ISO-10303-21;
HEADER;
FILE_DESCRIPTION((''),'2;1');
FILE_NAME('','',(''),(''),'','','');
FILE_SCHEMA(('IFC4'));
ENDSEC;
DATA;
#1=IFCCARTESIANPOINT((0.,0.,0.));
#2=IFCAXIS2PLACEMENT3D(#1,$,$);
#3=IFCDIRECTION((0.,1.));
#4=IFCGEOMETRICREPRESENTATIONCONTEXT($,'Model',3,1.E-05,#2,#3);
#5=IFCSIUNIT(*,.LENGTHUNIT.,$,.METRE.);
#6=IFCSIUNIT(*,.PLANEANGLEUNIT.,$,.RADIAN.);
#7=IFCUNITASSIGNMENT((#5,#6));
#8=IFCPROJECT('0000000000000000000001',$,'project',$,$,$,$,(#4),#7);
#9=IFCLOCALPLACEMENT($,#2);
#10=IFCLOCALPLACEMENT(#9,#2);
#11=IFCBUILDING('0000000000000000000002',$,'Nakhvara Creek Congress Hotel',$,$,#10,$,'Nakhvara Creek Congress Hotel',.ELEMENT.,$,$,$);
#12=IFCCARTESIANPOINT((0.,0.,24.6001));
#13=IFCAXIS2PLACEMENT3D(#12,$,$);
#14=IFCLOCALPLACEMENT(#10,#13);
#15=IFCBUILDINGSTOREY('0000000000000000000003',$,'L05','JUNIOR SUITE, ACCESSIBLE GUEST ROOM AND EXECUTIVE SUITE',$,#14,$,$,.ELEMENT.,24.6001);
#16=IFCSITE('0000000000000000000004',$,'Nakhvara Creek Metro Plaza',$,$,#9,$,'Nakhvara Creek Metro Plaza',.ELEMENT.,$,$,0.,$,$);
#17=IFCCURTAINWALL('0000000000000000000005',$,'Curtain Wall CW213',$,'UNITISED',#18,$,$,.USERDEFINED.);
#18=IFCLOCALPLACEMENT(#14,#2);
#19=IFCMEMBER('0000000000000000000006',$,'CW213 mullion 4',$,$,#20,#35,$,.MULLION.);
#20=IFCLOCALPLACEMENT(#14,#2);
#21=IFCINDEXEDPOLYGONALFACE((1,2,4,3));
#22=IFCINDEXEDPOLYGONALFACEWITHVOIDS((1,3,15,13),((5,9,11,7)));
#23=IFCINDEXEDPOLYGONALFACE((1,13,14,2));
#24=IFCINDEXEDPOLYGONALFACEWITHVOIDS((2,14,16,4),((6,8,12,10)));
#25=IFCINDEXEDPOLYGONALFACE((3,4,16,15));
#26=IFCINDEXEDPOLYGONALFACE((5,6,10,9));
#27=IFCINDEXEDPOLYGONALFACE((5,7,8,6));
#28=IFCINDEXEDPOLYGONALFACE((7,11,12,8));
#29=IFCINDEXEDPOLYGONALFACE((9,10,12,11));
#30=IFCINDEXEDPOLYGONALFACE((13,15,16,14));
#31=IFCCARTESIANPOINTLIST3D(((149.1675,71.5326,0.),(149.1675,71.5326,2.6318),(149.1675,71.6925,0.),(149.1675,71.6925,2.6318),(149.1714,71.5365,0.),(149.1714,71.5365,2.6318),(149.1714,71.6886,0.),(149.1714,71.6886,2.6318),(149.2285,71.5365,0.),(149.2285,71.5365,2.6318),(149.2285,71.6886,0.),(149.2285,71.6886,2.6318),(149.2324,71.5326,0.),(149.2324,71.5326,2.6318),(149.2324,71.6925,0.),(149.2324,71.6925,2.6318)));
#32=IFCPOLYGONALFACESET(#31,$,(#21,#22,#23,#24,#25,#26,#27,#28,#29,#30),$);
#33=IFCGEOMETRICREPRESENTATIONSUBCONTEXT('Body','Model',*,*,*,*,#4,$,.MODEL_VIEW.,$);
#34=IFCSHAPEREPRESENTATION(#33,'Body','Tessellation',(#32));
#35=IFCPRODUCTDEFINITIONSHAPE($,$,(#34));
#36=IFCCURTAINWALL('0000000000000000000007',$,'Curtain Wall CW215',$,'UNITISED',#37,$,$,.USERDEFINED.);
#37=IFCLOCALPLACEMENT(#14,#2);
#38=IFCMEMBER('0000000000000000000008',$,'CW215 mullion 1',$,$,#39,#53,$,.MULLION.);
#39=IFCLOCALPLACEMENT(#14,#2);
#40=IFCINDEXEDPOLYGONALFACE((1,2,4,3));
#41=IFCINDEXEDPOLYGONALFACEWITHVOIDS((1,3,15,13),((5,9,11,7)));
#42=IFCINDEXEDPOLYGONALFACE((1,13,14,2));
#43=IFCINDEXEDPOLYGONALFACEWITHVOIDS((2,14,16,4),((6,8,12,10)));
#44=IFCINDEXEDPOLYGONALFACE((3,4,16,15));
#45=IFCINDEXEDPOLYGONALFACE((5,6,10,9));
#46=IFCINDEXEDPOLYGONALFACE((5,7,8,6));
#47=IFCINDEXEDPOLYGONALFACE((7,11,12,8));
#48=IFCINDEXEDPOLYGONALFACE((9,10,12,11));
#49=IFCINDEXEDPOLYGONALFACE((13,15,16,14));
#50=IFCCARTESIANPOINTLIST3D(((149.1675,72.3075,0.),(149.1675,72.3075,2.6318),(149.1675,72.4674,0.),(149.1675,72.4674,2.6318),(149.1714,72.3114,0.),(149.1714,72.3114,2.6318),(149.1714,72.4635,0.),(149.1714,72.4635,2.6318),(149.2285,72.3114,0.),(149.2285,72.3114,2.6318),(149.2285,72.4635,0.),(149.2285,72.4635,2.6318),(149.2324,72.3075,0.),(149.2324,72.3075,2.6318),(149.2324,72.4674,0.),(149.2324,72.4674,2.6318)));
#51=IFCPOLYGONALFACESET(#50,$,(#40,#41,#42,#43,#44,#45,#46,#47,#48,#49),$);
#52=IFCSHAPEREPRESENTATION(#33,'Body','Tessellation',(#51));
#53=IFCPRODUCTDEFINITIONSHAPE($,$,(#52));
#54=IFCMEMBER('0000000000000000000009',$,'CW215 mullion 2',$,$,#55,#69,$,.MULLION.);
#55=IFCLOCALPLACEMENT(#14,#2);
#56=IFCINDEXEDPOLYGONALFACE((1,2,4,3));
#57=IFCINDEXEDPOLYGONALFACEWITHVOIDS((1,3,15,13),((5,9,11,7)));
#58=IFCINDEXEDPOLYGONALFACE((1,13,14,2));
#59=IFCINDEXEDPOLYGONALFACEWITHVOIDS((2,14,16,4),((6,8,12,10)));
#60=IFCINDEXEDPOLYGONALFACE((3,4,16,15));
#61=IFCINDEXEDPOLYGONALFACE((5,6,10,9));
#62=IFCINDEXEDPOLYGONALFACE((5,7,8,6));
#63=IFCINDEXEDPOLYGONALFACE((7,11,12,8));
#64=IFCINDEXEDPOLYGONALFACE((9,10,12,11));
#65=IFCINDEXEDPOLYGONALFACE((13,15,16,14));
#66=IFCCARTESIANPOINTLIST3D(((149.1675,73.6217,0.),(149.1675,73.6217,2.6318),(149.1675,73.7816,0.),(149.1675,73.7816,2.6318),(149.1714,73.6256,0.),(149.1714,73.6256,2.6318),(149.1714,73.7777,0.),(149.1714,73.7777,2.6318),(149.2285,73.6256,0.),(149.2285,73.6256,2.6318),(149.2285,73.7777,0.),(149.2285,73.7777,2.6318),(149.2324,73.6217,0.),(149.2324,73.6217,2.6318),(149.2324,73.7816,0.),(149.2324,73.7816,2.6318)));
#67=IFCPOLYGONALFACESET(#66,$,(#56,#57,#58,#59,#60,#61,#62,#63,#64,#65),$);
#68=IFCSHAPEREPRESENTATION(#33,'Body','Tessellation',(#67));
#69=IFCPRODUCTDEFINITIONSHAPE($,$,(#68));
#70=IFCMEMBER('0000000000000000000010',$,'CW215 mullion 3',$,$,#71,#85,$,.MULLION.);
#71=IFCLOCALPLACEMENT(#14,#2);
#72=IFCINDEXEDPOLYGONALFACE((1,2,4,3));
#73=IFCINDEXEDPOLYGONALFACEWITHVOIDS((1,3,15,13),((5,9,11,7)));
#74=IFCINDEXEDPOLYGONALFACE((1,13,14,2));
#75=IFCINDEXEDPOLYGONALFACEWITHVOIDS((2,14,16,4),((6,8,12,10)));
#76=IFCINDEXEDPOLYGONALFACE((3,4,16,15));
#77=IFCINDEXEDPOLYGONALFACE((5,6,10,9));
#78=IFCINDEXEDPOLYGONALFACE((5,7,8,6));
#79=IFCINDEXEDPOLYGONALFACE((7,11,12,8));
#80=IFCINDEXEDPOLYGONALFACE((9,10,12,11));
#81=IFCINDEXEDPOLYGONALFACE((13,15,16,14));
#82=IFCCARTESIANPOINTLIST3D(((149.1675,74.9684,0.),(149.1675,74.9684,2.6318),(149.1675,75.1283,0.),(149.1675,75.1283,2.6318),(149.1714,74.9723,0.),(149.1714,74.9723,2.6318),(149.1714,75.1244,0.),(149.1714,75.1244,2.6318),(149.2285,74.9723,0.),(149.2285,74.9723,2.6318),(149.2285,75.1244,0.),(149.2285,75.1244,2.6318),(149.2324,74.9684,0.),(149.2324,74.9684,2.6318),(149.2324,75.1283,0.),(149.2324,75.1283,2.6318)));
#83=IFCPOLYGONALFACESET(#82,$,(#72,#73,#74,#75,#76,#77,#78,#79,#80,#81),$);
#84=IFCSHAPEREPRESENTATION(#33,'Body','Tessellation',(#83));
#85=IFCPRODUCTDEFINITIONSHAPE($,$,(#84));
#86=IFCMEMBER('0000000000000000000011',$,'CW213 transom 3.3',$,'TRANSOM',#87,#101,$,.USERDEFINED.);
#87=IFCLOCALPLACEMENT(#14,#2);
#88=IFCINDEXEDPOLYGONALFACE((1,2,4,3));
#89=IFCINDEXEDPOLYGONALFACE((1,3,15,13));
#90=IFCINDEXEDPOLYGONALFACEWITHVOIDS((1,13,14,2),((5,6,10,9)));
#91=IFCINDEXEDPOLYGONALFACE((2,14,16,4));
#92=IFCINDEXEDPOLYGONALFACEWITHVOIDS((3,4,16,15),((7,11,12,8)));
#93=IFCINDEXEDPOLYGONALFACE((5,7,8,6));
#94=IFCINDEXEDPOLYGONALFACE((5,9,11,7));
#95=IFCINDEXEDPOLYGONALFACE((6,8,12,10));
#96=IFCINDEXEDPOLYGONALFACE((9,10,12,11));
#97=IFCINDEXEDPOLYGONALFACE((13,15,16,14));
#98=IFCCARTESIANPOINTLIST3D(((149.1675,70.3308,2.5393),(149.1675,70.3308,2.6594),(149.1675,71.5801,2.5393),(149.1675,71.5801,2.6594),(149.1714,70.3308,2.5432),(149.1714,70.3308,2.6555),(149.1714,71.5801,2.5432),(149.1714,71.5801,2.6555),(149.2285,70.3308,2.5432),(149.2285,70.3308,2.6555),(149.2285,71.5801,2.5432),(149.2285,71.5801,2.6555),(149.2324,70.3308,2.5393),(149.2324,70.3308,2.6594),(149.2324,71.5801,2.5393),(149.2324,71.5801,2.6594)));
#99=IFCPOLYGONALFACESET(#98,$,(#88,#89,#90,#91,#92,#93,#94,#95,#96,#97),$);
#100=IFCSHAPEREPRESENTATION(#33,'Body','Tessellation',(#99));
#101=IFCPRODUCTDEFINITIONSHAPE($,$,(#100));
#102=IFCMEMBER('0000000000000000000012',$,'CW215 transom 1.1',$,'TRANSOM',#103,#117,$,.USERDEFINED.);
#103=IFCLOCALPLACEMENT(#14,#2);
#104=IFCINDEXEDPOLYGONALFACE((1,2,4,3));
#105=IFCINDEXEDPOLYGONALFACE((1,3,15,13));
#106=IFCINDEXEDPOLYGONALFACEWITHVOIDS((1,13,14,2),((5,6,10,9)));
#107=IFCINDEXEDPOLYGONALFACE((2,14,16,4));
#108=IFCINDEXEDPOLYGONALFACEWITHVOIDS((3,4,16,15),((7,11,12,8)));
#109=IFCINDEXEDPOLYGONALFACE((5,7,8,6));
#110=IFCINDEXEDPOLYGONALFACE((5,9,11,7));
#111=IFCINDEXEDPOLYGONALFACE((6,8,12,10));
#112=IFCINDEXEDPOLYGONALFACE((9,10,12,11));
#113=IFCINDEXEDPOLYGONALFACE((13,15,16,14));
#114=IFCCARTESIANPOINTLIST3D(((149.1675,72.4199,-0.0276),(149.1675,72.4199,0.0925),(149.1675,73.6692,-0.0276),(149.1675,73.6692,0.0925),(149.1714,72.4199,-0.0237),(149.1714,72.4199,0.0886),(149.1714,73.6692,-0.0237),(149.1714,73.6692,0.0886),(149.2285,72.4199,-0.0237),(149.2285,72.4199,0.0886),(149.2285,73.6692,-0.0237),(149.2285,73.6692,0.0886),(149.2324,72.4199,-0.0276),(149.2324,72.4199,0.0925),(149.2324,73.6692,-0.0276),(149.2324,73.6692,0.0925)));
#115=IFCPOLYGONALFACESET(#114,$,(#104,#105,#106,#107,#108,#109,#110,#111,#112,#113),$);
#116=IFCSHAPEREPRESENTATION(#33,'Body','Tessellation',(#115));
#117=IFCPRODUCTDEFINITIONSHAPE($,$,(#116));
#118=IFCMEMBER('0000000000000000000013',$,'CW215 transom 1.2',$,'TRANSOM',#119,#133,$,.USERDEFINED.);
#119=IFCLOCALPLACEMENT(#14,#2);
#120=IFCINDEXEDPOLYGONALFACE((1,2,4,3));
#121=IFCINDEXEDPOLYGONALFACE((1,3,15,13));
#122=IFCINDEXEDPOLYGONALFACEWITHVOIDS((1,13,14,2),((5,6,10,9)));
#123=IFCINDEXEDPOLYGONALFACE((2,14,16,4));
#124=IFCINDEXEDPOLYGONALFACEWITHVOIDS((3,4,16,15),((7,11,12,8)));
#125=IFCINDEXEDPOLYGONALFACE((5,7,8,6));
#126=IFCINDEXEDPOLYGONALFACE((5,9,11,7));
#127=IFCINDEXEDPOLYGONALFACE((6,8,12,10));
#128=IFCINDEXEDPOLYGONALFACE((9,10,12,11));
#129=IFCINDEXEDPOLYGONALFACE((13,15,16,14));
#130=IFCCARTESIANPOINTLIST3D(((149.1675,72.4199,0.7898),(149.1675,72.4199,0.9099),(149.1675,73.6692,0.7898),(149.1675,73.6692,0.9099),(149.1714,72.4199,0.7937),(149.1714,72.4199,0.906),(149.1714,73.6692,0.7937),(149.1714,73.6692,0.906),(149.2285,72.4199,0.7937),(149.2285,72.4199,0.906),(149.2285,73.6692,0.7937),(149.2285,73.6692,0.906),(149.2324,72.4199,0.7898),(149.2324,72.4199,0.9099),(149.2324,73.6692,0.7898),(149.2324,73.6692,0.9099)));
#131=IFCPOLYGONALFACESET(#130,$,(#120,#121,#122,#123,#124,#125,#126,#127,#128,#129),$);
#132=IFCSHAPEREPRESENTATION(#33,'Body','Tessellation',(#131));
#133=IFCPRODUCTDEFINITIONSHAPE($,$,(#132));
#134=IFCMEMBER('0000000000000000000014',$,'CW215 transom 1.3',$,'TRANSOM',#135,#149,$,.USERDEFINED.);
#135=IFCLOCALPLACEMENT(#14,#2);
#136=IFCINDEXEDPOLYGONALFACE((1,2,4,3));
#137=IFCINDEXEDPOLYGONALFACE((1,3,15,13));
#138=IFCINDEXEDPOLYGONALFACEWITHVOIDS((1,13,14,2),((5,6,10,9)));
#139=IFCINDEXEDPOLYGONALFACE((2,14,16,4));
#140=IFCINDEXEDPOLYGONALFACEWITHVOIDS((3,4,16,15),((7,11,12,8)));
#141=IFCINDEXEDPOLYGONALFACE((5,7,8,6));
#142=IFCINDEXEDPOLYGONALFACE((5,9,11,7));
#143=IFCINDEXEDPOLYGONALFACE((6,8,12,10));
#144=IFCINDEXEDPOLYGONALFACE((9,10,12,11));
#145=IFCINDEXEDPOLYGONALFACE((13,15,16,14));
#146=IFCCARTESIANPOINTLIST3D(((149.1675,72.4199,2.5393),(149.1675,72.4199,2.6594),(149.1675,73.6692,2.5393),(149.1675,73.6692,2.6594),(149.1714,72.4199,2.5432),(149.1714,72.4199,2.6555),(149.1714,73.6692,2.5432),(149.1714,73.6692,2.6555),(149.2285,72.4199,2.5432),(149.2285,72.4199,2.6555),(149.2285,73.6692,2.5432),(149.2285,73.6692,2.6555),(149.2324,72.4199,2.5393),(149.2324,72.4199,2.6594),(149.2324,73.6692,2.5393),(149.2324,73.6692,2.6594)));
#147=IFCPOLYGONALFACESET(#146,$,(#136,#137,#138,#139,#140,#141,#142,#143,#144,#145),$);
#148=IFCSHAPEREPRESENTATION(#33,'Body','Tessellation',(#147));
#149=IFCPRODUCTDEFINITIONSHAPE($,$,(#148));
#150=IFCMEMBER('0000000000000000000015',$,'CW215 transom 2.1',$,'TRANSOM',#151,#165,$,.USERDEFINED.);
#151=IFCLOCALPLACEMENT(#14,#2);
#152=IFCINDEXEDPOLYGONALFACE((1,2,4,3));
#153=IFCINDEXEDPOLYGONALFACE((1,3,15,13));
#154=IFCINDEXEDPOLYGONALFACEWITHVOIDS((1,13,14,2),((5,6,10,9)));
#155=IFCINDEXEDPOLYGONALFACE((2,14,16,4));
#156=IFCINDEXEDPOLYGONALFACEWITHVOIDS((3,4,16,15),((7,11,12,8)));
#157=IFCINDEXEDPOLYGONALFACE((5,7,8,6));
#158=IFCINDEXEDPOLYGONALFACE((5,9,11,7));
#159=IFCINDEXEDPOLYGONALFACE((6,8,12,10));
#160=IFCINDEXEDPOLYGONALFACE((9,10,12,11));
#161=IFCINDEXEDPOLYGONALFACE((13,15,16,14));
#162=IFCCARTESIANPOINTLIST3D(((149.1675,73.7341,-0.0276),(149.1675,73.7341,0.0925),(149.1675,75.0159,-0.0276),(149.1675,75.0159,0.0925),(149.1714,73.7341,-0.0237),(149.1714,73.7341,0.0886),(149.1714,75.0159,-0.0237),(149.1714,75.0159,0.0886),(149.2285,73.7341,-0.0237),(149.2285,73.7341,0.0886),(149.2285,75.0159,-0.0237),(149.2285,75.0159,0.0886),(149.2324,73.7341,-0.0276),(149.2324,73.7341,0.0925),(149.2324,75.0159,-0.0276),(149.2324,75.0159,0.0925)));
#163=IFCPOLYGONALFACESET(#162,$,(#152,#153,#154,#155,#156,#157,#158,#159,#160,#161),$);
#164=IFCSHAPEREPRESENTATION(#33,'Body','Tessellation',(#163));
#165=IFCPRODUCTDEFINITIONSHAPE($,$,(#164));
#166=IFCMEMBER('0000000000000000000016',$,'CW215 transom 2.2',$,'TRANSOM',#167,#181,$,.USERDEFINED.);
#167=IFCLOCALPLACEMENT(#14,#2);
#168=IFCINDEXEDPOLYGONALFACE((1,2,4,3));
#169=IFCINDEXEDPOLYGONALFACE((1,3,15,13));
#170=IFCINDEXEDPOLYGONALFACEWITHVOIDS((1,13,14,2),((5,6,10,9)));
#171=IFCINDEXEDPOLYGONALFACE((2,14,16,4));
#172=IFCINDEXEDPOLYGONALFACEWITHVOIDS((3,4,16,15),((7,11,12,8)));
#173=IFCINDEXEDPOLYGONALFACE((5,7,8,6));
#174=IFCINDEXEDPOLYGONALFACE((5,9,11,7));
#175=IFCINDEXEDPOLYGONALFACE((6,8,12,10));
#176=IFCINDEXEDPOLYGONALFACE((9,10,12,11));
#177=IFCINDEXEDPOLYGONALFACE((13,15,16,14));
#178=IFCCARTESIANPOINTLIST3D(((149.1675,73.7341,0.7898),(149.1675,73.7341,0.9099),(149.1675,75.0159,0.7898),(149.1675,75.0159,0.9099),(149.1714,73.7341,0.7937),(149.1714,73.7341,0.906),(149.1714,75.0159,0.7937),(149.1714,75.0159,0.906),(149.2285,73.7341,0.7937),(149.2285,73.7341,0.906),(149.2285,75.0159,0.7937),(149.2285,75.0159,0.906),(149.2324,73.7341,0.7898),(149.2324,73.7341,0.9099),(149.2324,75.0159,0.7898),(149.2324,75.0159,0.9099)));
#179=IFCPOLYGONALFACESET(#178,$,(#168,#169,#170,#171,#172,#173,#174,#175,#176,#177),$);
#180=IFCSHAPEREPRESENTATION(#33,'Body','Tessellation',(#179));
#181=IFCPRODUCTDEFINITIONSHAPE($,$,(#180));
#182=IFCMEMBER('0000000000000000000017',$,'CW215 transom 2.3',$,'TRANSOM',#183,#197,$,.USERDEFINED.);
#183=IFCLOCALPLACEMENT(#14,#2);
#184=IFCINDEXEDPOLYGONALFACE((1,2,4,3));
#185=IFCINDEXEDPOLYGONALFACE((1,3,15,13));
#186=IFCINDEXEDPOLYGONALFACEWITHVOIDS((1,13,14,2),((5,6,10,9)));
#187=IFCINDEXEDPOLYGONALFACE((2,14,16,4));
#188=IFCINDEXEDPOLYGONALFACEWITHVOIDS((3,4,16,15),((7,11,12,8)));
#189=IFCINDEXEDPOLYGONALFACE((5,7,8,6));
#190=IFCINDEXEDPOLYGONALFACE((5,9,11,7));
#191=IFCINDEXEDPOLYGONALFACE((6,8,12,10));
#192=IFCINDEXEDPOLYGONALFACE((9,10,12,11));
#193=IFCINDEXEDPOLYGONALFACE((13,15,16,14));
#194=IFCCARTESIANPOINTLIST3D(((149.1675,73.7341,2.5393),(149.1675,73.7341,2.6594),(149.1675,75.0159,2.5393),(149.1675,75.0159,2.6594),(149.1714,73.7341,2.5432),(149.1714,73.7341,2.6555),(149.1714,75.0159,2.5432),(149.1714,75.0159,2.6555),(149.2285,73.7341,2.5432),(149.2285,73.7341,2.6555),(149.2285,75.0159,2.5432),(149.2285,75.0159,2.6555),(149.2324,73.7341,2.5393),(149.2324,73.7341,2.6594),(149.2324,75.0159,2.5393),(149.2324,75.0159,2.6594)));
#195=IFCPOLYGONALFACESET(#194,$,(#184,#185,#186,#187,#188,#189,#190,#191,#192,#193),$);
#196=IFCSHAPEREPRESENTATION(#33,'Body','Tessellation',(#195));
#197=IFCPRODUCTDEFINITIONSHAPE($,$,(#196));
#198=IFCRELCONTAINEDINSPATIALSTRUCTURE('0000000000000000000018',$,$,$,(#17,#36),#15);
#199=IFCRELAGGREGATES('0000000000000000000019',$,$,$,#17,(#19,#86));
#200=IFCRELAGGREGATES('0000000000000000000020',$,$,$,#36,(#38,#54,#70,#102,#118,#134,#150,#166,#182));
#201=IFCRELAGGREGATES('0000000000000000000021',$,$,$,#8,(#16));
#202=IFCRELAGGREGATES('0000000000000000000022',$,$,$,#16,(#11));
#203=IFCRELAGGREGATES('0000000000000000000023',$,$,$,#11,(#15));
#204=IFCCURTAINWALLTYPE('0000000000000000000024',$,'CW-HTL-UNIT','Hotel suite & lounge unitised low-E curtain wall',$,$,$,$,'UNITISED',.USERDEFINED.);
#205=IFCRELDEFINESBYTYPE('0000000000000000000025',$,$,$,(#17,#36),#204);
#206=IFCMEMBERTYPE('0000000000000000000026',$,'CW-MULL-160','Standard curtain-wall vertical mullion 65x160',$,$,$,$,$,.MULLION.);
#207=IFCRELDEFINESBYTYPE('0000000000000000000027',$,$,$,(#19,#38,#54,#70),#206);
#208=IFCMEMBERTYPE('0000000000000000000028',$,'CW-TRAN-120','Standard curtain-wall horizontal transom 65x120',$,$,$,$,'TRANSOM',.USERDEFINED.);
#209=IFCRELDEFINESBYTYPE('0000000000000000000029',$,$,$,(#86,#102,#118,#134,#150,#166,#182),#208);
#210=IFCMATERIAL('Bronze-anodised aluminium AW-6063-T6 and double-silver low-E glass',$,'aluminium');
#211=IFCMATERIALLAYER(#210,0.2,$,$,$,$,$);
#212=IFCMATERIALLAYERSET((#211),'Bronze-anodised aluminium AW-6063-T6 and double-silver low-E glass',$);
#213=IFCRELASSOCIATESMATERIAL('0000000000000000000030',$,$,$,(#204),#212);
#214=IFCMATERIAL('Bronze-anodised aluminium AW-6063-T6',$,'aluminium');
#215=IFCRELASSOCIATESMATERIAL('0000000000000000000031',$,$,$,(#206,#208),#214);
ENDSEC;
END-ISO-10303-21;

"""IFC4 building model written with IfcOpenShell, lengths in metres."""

from ifc_helpers import new_model, si_unit, direction, frame, origin, origin_2d, place, context, subcontext, project, spatial, hollow_rectangle, extrude, material, layer, layer_set, material_profile, profile_set, type_object, element, aggregate, save


model = new_model("IFC4")

# Units and contexts
model_context = context("Model", 3, precision=1e-05, world=origin(), true_north=direction((0.0, 1.0)))
body_context = subcontext(model_context, "Body", "Model", "MODEL_VIEW")
ifc_project = project(units=[si_unit("LENGTHUNIT", "METRE"), si_unit("PLANEANGLEUNIT", "RADIAN")], contexts=[model_context])

# Site, building, storey
site_placement = place(None, origin())
site = spatial("IfcSite", under=ifc_project, at=site_placement, Name="Nakhvara Creek Metro Plaza", LongName="Nakhvara Creek Metro Plaza", CompositionType="ELEMENT", RefElevation=0.0)
building_placement = place(site_placement, origin())
building = spatial("IfcBuilding", under=site, at=building_placement, Name="Nakhvara Creek Congress Hotel", LongName="Nakhvara Creek Congress Hotel", CompositionType="ELEMENT")
storey_placement = place(building_placement, frame((0.0, 0.0, 24.6001)))
storey = spatial("IfcBuildingStorey", under=building, at=storey_placement, Name="L05", Description="JUNIOR SUITE, ACCESSIBLE GUEST ROOM AND EXECUTIVE SUITE", CompositionType="ELEMENT", Elevation=24.6001)

# Curtain wall, member
ifc_material_1 = material(Name="Bronze-anodised aluminium AW-6063-T6 and double-silver low-E glass", Category="aluminium")
ifc_layer = layer(ifc_material_1, 0.2)
ifc_layer_set = layer_set([ifc_layer], Name="Bronze-anodised aluminium AW-6063-T6 and double-silver low-E glass")
curtain_wall_type = type_object("IfcCurtainWallType", Name="CW-HTL-UNIT", Description="Hotel suite & lounge unitised low-E curtain wall", ElementType="UNITISED", PredefinedType="USERDEFINED", material=ifc_layer_set)
curtain_wall_1_placement = place(storey_placement, origin())
curtain_wall_1 = element("IfcCurtainWall", 1, at=curtain_wall_1_placement, inside=storey, type_object=curtain_wall_type, Name="Curtain Wall CW213", ObjectType="UNITISED", PredefinedType="USERDEFINED")
ifc_material_2 = material(Name="Bronze-anodised aluminium AW-6063-T6", Category="aluminium")
ifc_material_profile_1 = material_profile(ifc_material_2, hollow_rectangle(XDim=0.0649, YDim=0.1599, WallThickness=0.0039, at=origin_2d()), Name="ALU-MULL 65x160x4", Category="LoadBearing")
ifc_profile_set_1 = profile_set([ifc_material_profile_1], Name="Bronze-anodised aluminium AW-6063-T6")
member_type_1 = type_object("IfcMemberType", Name="CW-MULL-160", Description="Standard curtain-wall vertical mullion 65x160", PredefinedType="MULLION", material=ifc_profile_set_1)
member_1_placement = place(storey_placement, frame((149.2, 71.6125, 0.0), z_axis=(0.0, 0.0, 1.0), x_axis=(-1.0, 0.0, 0.0)))
member_1 = element("IfcMember", 2, at=member_1_placement, type_object=member_type_1, Name="CW213 mullion 4", PredefinedType="MULLION", context=body_context, shape_type="SweptSolid", body=[
    extrude(hollow_rectangle(XDim=0.0649, YDim=0.1599, WallThickness=0.0039, at=origin_2d()), origin(), (0.0, 0.0, 1.0), 2.6318),
])

# Curtain wall, members
curtain_wall_2_placement = place(storey_placement, origin())
curtain_wall_2 = element("IfcCurtainWall", 3, at=curtain_wall_2_placement, inside=storey, type_object=curtain_wall_type, Name="Curtain Wall CW215", ObjectType="UNITISED", PredefinedType="USERDEFINED")
member_2_placement = place(storey_placement, frame((149.2, 72.3875, 0.0), z_axis=(0.0, 0.0, 1.0), x_axis=(-1.0, 0.0, 0.0)))
member_2 = element("IfcMember", 4, at=member_2_placement, type_object=member_type_1, Name="CW215 mullion 1", PredefinedType="MULLION", context=body_context, shape_type="SweptSolid", body=[
    extrude(hollow_rectangle(XDim=0.0649, YDim=0.1599, WallThickness=0.0039, at=origin_2d()), origin(), (0.0, 0.0, 1.0), 2.6318),
])
member_3_placement = place(storey_placement, frame((149.2, 73.7017, 0.0), z_axis=(0.0, 0.0, 1.0), x_axis=(-1.0, 0.0, 0.0)))
member_3 = element("IfcMember", 5, at=member_3_placement, type_object=member_type_1, Name="CW215 mullion 2", PredefinedType="MULLION", context=body_context, shape_type="SweptSolid", body=[
    extrude(hollow_rectangle(XDim=0.0649, YDim=0.1599, WallThickness=0.0039, at=origin_2d()), origin(), (0.0, 0.0, 1.0), 2.6318),
])
member_4_placement = place(storey_placement, frame((149.2, 75.0483, 0.0), z_axis=(0.0, 0.0, 1.0), x_axis=(-1.0, 0.0, 0.0)))
member_4 = element("IfcMember", 6, at=member_4_placement, type_object=member_type_1, Name="CW215 mullion 3", PredefinedType="MULLION", context=body_context, shape_type="SweptSolid", body=[
    extrude(hollow_rectangle(XDim=0.0649, YDim=0.1599, WallThickness=0.0039, at=origin_2d()), origin(), (0.0, 0.0, 1.0), 2.6318),
])

# Members
ifc_material_profile_2 = material_profile(ifc_material_2, hollow_rectangle(XDim=0.0649, YDim=0.1201, WallThickness=0.0039, at=origin_2d()), Name="ALU-TRAN 65x120x4", Category="LoadBearing")
ifc_profile_set_2 = profile_set([ifc_material_profile_2], Name="Bronze-anodised aluminium AW-6063-T6")
member_type_2 = type_object("IfcMemberType", Name="CW-TRAN-120", Description="Standard curtain-wall horizontal transom 65x120", ElementType="TRANSOM", PredefinedType="USERDEFINED", material=ifc_profile_set_2)
member_5_placement = place(storey_placement, frame((149.2, 70.3308, 2.5994), z_axis=(0.0, 1.0, 0.0), x_axis=(-1.0, 0.0, 0.0)))
member_5 = element("IfcMember", 7, at=member_5_placement, type_object=member_type_2, Name="CW213 transom 3.3", ObjectType="TRANSOM", PredefinedType="USERDEFINED", context=body_context, shape_type="SweptSolid", body=[
    extrude(hollow_rectangle(XDim=0.0649, YDim=0.1201, WallThickness=0.0039, at=origin_2d()), origin(), (0.0, 0.0, 1.0), 1.2493),
])
member_6_placement = place(storey_placement, frame((149.2, 72.4199, 0.0325), z_axis=(0.0, 1.0, 0.0), x_axis=(-1.0, 0.0, 0.0)))
member_6 = element("IfcMember", 8, at=member_6_placement, type_object=member_type_2, Name="CW215 transom 1.1", ObjectType="TRANSOM", PredefinedType="USERDEFINED", context=body_context, shape_type="SweptSolid", body=[
    extrude(hollow_rectangle(XDim=0.0649, YDim=0.1201, WallThickness=0.0039, at=origin_2d()), origin(), (0.0, 0.0, 1.0), 1.2493),
])
member_7_placement = place(storey_placement, frame((149.2, 72.4199, 0.8499), z_axis=(0.0, 1.0, 0.0), x_axis=(-1.0, 0.0, 0.0)))
member_7 = element("IfcMember", 9, at=member_7_placement, type_object=member_type_2, Name="CW215 transom 1.2", ObjectType="TRANSOM", PredefinedType="USERDEFINED", context=body_context, shape_type="SweptSolid", body=[
    extrude(hollow_rectangle(XDim=0.0649, YDim=0.1201, WallThickness=0.0039, at=origin_2d()), origin(), (0.0, 0.0, 1.0), 1.2493),
])
member_8_placement = place(storey_placement, frame((149.2, 72.4199, 2.5994), z_axis=(0.0, 1.0, 0.0), x_axis=(-1.0, 0.0, 0.0)))
member_8 = element("IfcMember", 10, at=member_8_placement, type_object=member_type_2, Name="CW215 transom 1.3", ObjectType="TRANSOM", PredefinedType="USERDEFINED", context=body_context, shape_type="SweptSolid", body=[
    extrude(hollow_rectangle(XDim=0.0649, YDim=0.1201, WallThickness=0.0039, at=origin_2d()), origin(), (0.0, 0.0, 1.0), 1.2493),
])
member_9_placement = place(storey_placement, frame((149.2, 73.7341, 0.0325), z_axis=(0.0, 1.0, 0.0), x_axis=(-1.0, 0.0, 0.0)))
member_9 = element("IfcMember", 11, at=member_9_placement, type_object=member_type_2, Name="CW215 transom 2.1", ObjectType="TRANSOM", PredefinedType="USERDEFINED", context=body_context, shape_type="SweptSolid", body=[
    extrude(hollow_rectangle(XDim=0.0649, YDim=0.1201, WallThickness=0.0039, at=origin_2d()), origin(), (0.0, 0.0, 1.0), 1.2817),
])
member_10_placement = place(storey_placement, frame((149.2, 73.7341, 0.8499), z_axis=(0.0, 1.0, 0.0), x_axis=(-1.0, 0.0, 0.0)))
member_10 = element("IfcMember", 12, at=member_10_placement, type_object=member_type_2, Name="CW215 transom 2.2", ObjectType="TRANSOM", PredefinedType="USERDEFINED", context=body_context, shape_type="SweptSolid", body=[
    extrude(hollow_rectangle(XDim=0.0649, YDim=0.1201, WallThickness=0.0039, at=origin_2d()), origin(), (0.0, 0.0, 1.0), 1.2817),
])
member_11_placement = place(storey_placement, frame((149.2, 73.7341, 2.5994), z_axis=(0.0, 1.0, 0.0), x_axis=(-1.0, 0.0, 0.0)))
member_11 = element("IfcMember", 13, at=member_11_placement, type_object=member_type_2, Name="CW215 transom 2.3", ObjectType="TRANSOM", PredefinedType="USERDEFINED", context=body_context, shape_type="SweptSolid", body=[
    extrude(hollow_rectangle(XDim=0.0649, YDim=0.1201, WallThickness=0.0039, at=origin_2d()), origin(), (0.0, 0.0, 1.0), 1.2817),
])

aggregate(curtain_wall_1, [member_1, member_5])
aggregate(curtain_wall_2, [member_2, member_3, member_4, member_6, member_7, member_8, member_9, member_10, member_11])

save(model, "model.ifc")
